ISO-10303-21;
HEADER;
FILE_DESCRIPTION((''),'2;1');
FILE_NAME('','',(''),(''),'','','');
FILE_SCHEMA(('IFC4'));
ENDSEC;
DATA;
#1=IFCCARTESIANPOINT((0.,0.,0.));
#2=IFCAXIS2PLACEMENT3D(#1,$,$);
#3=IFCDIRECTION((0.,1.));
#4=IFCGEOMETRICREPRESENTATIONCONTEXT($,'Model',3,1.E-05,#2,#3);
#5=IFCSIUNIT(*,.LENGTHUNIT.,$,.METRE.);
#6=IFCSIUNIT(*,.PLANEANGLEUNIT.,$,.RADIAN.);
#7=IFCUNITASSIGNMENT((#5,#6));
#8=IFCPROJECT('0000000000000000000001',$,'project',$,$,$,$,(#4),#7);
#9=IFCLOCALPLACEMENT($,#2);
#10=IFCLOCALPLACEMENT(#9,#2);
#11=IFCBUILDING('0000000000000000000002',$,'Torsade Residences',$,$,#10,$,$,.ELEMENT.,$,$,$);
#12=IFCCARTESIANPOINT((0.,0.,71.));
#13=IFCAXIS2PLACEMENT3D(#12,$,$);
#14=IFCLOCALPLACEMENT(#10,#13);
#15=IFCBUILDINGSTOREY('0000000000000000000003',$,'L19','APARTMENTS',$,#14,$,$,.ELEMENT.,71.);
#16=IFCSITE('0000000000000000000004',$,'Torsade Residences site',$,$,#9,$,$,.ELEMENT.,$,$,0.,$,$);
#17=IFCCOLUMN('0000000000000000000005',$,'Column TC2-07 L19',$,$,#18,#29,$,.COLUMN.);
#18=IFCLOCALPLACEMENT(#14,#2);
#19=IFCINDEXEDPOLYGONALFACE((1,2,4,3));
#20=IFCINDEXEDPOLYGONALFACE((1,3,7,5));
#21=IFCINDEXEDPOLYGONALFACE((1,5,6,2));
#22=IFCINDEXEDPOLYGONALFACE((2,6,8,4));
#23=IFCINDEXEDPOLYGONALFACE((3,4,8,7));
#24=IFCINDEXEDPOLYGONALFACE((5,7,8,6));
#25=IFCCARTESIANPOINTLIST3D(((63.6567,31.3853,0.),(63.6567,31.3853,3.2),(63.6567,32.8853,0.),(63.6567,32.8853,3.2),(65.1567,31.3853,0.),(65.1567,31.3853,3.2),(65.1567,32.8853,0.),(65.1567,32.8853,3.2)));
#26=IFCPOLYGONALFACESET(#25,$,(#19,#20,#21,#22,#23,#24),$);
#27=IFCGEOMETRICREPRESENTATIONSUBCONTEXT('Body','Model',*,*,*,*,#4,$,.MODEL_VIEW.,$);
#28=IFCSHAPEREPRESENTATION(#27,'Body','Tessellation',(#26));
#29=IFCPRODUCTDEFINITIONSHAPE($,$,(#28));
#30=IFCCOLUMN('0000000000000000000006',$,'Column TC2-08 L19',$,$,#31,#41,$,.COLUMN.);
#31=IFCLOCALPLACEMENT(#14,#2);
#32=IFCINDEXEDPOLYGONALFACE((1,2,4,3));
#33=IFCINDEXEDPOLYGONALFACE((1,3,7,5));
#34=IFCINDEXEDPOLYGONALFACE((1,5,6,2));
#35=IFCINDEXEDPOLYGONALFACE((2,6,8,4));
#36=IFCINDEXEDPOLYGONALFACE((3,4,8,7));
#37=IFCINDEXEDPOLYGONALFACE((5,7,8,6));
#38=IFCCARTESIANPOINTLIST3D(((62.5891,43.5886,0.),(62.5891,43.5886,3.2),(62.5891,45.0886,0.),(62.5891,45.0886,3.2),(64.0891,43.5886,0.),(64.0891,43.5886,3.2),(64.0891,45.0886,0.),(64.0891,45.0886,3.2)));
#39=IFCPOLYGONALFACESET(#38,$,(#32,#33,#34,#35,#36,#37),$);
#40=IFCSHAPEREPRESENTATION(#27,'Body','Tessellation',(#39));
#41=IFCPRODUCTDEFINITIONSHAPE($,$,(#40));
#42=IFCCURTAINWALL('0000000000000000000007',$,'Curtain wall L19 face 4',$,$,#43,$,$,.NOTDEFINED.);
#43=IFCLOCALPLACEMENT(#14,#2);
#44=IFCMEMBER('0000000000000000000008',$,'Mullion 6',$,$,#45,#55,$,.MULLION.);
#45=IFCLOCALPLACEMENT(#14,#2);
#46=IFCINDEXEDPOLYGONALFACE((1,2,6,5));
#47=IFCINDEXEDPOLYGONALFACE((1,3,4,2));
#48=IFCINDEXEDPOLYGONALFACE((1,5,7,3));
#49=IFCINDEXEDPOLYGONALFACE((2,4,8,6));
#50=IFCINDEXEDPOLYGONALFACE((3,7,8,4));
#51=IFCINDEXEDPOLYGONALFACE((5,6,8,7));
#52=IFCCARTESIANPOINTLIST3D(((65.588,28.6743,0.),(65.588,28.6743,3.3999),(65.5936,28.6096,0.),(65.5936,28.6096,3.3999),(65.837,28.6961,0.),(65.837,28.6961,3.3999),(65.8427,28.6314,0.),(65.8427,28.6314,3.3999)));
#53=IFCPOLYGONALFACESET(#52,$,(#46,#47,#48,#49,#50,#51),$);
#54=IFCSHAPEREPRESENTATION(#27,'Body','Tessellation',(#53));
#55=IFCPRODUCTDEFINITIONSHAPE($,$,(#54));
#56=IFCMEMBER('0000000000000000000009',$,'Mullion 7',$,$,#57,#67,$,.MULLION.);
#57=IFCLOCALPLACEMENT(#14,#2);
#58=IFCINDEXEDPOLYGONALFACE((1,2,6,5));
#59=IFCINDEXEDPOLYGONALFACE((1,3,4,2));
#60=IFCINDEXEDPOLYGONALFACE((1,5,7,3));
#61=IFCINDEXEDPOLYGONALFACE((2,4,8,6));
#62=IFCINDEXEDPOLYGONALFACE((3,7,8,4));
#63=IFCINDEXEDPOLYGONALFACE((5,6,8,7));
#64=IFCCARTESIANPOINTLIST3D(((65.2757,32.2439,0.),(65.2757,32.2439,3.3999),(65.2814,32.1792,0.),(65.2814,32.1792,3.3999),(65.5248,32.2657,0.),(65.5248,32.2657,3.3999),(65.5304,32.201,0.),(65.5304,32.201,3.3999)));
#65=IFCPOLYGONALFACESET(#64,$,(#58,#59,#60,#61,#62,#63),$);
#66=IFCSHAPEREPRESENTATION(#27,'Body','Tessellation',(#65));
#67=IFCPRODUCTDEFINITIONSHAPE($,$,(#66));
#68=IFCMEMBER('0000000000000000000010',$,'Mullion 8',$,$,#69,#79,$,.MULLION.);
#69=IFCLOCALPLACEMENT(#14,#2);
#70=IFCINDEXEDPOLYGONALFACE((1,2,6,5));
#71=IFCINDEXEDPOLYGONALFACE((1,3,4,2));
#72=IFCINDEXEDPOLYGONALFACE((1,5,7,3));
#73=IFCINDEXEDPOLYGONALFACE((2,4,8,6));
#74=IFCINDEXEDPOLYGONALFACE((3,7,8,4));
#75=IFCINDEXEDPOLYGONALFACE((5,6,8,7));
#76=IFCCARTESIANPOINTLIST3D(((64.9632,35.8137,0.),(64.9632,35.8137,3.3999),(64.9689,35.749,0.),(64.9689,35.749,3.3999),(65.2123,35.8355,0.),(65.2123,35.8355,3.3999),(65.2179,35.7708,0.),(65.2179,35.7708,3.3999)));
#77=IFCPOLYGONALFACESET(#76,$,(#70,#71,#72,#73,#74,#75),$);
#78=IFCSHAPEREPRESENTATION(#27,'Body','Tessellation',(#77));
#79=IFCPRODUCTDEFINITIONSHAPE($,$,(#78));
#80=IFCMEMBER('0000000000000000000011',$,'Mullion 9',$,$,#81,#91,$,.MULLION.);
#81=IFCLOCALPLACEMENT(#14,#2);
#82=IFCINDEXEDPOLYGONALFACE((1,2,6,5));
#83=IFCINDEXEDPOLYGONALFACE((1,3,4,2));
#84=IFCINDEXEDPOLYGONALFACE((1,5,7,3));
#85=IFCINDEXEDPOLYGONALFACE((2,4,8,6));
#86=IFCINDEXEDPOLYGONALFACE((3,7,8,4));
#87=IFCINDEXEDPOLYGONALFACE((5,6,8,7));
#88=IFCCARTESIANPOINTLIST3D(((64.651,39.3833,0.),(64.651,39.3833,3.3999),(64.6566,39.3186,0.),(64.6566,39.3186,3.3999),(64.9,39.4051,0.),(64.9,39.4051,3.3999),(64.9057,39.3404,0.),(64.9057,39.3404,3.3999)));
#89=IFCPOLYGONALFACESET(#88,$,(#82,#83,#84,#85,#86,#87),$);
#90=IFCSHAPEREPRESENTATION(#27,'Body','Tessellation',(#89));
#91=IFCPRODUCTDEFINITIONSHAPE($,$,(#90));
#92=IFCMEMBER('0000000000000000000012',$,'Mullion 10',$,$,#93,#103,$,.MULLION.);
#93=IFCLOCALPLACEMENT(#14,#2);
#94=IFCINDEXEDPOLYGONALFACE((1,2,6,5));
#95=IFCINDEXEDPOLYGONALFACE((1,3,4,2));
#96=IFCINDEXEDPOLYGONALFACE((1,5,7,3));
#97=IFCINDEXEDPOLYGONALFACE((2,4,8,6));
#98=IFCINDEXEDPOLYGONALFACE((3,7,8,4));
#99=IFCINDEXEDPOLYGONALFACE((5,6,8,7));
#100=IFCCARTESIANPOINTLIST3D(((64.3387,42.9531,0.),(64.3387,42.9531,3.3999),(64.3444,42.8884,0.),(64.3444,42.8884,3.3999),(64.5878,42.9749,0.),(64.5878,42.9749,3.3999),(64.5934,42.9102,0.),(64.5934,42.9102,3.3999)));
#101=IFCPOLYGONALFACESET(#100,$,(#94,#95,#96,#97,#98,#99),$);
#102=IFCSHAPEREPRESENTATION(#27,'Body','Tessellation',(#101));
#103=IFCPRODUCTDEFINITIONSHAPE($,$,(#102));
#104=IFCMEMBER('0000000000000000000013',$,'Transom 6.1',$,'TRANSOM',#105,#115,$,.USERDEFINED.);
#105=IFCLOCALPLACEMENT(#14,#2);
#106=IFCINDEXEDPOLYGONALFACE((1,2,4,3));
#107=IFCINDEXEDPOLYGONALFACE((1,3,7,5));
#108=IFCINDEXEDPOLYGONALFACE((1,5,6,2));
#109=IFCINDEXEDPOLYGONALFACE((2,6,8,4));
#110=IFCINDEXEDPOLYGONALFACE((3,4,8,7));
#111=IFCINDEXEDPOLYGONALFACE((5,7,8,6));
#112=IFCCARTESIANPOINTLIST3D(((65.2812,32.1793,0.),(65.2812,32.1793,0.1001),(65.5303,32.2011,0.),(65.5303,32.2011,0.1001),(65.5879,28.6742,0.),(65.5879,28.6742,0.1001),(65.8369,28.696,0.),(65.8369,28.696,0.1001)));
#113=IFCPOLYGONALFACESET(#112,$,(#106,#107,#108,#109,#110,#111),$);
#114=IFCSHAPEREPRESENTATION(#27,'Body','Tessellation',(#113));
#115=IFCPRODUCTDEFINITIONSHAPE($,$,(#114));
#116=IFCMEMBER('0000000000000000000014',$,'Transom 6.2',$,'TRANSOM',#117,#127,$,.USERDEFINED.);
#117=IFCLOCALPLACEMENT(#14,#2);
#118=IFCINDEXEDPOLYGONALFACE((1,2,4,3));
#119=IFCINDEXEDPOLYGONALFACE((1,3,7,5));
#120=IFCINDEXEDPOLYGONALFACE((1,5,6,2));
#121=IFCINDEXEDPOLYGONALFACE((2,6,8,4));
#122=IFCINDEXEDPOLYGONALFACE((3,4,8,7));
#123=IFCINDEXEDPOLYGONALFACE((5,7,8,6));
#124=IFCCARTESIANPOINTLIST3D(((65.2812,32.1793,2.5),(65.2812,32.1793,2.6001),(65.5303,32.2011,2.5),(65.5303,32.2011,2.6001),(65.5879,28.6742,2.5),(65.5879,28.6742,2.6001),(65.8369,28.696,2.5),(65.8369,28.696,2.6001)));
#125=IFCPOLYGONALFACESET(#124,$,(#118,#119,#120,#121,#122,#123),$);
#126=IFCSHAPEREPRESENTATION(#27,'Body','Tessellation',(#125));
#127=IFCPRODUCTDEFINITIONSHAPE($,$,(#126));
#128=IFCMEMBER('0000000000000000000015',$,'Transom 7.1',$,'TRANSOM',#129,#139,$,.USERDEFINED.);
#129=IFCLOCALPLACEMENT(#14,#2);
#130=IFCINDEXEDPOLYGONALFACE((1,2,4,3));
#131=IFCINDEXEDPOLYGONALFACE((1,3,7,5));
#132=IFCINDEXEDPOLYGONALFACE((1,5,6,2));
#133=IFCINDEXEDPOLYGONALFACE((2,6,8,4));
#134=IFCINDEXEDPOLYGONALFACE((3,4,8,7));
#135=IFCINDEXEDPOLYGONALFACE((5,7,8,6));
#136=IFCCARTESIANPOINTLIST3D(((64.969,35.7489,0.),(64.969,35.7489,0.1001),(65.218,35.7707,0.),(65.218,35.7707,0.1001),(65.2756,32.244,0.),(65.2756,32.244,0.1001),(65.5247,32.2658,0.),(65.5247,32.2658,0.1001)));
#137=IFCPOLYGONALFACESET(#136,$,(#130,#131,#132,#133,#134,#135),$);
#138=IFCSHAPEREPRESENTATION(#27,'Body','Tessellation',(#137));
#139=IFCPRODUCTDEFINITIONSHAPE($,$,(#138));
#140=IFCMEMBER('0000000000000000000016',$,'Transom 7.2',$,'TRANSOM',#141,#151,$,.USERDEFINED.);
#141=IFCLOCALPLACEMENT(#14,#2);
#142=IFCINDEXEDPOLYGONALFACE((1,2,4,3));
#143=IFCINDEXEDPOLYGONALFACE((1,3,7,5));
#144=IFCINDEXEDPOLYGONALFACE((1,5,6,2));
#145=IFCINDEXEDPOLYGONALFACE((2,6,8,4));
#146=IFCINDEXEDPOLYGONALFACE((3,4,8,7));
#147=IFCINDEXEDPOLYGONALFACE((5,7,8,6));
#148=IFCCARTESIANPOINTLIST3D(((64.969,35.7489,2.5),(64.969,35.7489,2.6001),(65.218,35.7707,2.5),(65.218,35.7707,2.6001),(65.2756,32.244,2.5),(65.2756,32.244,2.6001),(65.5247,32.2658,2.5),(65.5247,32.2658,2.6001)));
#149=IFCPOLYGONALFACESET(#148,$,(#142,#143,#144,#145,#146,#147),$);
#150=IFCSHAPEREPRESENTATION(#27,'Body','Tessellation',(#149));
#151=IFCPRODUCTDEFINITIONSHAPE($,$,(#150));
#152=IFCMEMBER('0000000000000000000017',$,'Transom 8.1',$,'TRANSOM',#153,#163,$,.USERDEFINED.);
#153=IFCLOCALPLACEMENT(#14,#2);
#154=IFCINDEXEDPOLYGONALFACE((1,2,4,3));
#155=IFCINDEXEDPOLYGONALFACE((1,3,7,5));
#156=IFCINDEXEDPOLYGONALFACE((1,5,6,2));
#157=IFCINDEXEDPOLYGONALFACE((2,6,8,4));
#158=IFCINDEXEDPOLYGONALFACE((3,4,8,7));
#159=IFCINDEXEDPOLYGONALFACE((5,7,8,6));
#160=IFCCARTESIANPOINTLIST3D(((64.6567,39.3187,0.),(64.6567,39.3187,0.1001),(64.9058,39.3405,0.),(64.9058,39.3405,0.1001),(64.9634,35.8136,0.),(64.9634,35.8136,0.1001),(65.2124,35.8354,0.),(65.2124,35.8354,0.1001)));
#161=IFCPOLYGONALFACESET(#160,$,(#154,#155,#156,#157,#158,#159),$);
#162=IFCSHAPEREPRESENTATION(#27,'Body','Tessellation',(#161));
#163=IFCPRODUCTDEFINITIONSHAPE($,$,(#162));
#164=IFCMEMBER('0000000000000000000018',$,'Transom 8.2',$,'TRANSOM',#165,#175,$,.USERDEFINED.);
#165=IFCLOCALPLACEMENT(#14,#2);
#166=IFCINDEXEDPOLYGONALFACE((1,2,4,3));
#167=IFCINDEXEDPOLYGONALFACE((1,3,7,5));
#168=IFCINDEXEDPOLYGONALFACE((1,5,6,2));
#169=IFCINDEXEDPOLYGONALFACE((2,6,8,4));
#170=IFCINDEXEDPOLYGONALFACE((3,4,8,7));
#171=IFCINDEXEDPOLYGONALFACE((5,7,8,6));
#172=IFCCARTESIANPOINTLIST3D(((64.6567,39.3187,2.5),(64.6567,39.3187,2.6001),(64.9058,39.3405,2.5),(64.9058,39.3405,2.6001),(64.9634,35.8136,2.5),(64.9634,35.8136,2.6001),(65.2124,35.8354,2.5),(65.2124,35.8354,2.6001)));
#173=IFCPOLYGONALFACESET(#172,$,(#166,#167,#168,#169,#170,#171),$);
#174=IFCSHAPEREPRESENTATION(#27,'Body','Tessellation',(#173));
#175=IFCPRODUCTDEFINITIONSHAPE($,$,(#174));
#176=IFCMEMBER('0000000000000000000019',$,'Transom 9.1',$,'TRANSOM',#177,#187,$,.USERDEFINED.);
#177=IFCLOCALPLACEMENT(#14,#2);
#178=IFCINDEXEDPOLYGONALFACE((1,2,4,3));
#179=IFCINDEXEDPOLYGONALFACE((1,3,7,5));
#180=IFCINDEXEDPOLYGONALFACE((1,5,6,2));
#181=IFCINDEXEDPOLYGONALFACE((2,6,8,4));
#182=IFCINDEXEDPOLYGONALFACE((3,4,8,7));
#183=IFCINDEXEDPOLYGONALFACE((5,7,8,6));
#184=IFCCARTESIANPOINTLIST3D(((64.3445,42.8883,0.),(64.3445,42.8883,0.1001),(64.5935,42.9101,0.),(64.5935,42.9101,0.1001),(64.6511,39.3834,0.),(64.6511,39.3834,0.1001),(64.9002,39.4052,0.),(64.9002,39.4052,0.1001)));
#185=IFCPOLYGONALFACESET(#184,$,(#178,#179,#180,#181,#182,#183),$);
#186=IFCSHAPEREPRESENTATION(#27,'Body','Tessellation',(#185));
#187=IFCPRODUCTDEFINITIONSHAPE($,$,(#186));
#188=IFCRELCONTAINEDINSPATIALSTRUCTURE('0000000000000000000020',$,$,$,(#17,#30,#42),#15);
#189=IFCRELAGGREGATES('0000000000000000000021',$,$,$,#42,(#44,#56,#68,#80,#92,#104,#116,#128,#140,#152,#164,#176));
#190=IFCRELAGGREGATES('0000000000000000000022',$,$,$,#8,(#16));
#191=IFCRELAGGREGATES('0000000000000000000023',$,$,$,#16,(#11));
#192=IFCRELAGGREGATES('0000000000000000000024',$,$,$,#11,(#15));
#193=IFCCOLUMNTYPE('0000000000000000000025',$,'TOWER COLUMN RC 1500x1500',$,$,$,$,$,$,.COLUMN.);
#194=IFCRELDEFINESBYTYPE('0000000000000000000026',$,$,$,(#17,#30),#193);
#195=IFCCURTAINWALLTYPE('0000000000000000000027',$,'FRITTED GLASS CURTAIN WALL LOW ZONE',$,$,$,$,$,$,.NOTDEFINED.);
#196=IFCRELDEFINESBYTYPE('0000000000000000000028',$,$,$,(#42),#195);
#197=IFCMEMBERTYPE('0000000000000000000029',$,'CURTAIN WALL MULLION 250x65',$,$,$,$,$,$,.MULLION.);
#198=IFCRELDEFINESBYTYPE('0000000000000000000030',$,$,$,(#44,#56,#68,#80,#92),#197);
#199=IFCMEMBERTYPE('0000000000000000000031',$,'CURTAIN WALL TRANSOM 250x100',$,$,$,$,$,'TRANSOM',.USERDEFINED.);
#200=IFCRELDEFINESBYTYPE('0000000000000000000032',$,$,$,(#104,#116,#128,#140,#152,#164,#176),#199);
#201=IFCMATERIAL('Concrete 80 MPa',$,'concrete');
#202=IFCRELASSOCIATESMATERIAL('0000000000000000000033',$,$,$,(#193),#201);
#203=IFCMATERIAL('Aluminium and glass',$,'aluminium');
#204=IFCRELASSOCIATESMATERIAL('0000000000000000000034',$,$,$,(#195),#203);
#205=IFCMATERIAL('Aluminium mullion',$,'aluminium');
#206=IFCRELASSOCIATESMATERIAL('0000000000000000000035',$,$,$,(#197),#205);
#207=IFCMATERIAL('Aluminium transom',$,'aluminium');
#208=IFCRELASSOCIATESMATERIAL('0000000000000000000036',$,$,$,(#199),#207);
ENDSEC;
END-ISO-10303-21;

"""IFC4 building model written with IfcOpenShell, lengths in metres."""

from ifc_helpers import new_model, si_unit, direction, frame, origin, origin_2d, place, context, subcontext, project, spatial, rectangle, extrude, material, material_profile, profile_set, type_object, element, aggregate, save


model = new_model("IFC4")

# Units and contexts
model_context = context("Model", 3, precision=1e-05, world=origin(), true_north=direction((0.0, 1.0)))
body_context = subcontext(model_context, "Body", "Model", "MODEL_VIEW")
ifc_project = project(units=[si_unit("LENGTHUNIT", "METRE"), si_unit("PLANEANGLEUNIT", "RADIAN")], contexts=[model_context])

# Site, building, storey
site_placement = place(None, origin())
site = spatial("IfcSite", under=ifc_project, at=site_placement, Name="Torsade Residences site", CompositionType="ELEMENT", RefElevation=0.0)
building_placement = place(site_placement, origin())
building = spatial("IfcBuilding", under=site, at=building_placement, Name="Torsade Residences", CompositionType="ELEMENT")
storey_placement = place(building_placement, frame((0.0, 0.0, 71.0)))
storey = spatial("IfcBuildingStorey", under=building, at=storey_placement, Name="L19", Description="APARTMENTS", CompositionType="ELEMENT", Elevation=71.0)

# Columns
ifc_material_1 = material(Name="Concrete 80 MPa", Category="concrete")
ifc_material_profile_1 = material_profile(ifc_material_1, rectangle(XDim=1.5, YDim=1.5, at=origin_2d()), Name="RC 1500x1500")
ifc_profile_set_1 = profile_set([ifc_material_profile_1], Name="Concrete 80 MPa")
column_type = type_object("IfcColumnType", Name="TOWER COLUMN RC 1500x1500", PredefinedType="COLUMN", material=ifc_profile_set_1)
for number, where, z_axis, x_axis, name in (
    (1, (64.4067, 32.1353, 0.0), (0.0, 0.0, 1.0), (1.0, 0.0, 0.0), "Column TC2-07 L19"),
    (2, (63.3391, 44.3386, 0.0), (0.0, 0.0, 1.0), (1.0, 0.0, 0.0), "Column TC2-08 L19"),
):
    element("IfcColumn", number, at=place(storey_placement, frame(where, z_axis=z_axis, x_axis=x_axis)), inside=storey, type_object=column_type, Name=name, PredefinedType="COLUMN", context=body_context, shape_type="SweptSolid", body=[
        extrude(rectangle(XDim=1.5, YDim=1.5, at=origin_2d()), origin(), (0.0, 0.0, 1.0), 3.2),
    ])

# Curtain wall, members
ifc_material_2 = material(Name="Aluminium and glass", Category="aluminium")
curtain_wall_type = type_object("IfcCurtainWallType", Name="FRITTED GLASS CURTAIN WALL LOW ZONE", PredefinedType="NOTDEFINED", material=ifc_material_2)
curtain_wall_placement = place(storey_placement, origin())
curtain_wall = element("IfcCurtainWall", 3, at=curtain_wall_placement, inside=storey, type_object=curtain_wall_type, Name="Curtain wall L19 face 4", PredefinedType="NOTDEFINED")
ifc_material_3 = material(Name="Aluminium mullion", Category="aluminium")
ifc_material_profile_2 = material_profile(ifc_material_3, rectangle(XDim=0.25, YDim=0.0649, at=origin_2d()), Name="CURTAIN WALL MULLION 250x65")
ifc_profile_set_2 = profile_set([ifc_material_profile_2], Name="Aluminium mullion")
member_type_1 = type_object("IfcMemberType", Name="CURTAIN WALL MULLION 250x65", PredefinedType="MULLION", material=ifc_profile_set_2)
member_1_placement = place(storey_placement, frame((65.7153, 28.6528, 0.0), z_axis=(0.0, 0.0, 1.0), x_axis=(-0.996195, -0.087156, 0.0)))
member_1 = element("IfcMember", 4, at=member_1_placement, type_object=member_type_1, Name="Mullion 6", PredefinedType="MULLION", context=body_context, shape_type="SweptSolid", body=[
    extrude(rectangle(XDim=0.25, YDim=0.0649, at=origin_2d()), origin(), (0.0, 0.0, 1.0), 3.3999),
])
member_2_placement = place(storey_placement, frame((65.4031, 32.2224, 0.0), z_axis=(0.0, 0.0, 1.0), x_axis=(-0.996195, -0.087156, 0.0)))
member_2 = element("IfcMember", 5, at=member_2_placement, type_object=member_type_1, Name="Mullion 7", PredefinedType="MULLION", context=body_context, shape_type="SweptSolid", body=[
    extrude(rectangle(XDim=0.25, YDim=0.0649, at=origin_2d()), origin(), (0.0, 0.0, 1.0), 3.3999),
])
member_3_placement = place(storey_placement, frame((65.0906, 35.7922, 0.0), z_axis=(0.0, 0.0, 1.0), x_axis=(-0.996195, -0.087156, 0.0)))
member_3 = element("IfcMember", 6, at=member_3_placement, type_object=member_type_1, Name="Mullion 8", PredefinedType="MULLION", context=body_context, shape_type="SweptSolid", body=[
    extrude(rectangle(XDim=0.25, YDim=0.0649, at=origin_2d()), origin(), (0.0, 0.0, 1.0), 3.3999),
])
member_4_placement = place(storey_placement, frame((64.7783, 39.3618, 0.0), z_axis=(0.0, 0.0, 1.0), x_axis=(-0.996195, -0.087156, 0.0)))
member_4 = element("IfcMember", 7, at=member_4_placement, type_object=member_type_1, Name="Mullion 9", PredefinedType="MULLION", context=body_context, shape_type="SweptSolid", body=[
    extrude(rectangle(XDim=0.25, YDim=0.0649, at=origin_2d()), origin(), (0.0, 0.0, 1.0), 3.3999),
])
member_5_placement = place(storey_placement, frame((64.4661, 42.9316, 0.0), z_axis=(0.0, 0.0, 1.0), x_axis=(-0.996195, -0.087156, 0.0)))
member_5 = element("IfcMember", 8, at=member_5_placement, type_object=member_type_1, Name="Mullion 10", PredefinedType="MULLION", context=body_context, shape_type="SweptSolid", body=[
    extrude(rectangle(XDim=0.25, YDim=0.0649, at=origin_2d()), origin(), (0.0, 0.0, 1.0), 3.3999),
])
ifc_material_4 = material(Name="Aluminium transom", Category="aluminium")
ifc_material_profile_3 = material_profile(ifc_material_4, rectangle(XDim=0.25, YDim=0.1001, at=origin_2d()), Name="CURTAIN WALL TRANSOM 250x100")
ifc_profile_set_3 = profile_set([ifc_material_profile_3], Name="Aluminium transom")
member_type_2 = type_object("IfcMemberType", Name="CURTAIN WALL TRANSOM 250x100", ElementType="TRANSOM", PredefinedType="USERDEFINED", material=ifc_profile_set_3)
member_6_placement = place(storey_placement, frame((65.7124, 28.6851, 0.05), z_axis=(-0.087151, 0.996195, 0.0), x_axis=(-0.996195, -0.087151, 0.0)))
member_6 = element("IfcMember", 9, at=member_6_placement, type_object=member_type_2, Name="Transom 6.1", ObjectType="TRANSOM", PredefinedType="USERDEFINED", context=body_context, shape_type="SweptSolid", body=[
    extrude(rectangle(XDim=0.25, YDim=0.1001, at=origin_2d()), origin(), (0.0, 0.0, 1.0), 3.5186),
])
member_7_placement = place(storey_placement, frame((65.7124, 28.6851, 2.55), z_axis=(-0.087151, 0.996195, 0.0), x_axis=(-0.996195, -0.087151, 0.0)))
member_7 = element("IfcMember", 10, at=member_7_placement, type_object=member_type_2, Name="Transom 6.2", ObjectType="TRANSOM", PredefinedType="USERDEFINED", context=body_context, shape_type="SweptSolid", body=[
    extrude(rectangle(XDim=0.25, YDim=0.1001, at=origin_2d()), origin(), (0.0, 0.0, 1.0), 3.5186),
])
member_8_placement = place(storey_placement, frame((65.4001, 32.2549, 0.05), z_axis=(-0.087157, 0.996195, 0.0), x_axis=(-0.996195, -0.087157, 0.0)))
member_8 = element("IfcMember", 11, at=member_8_placement, type_object=member_type_2, Name="Transom 7.1", ObjectType="TRANSOM", PredefinedType="USERDEFINED", context=body_context, shape_type="SweptSolid", body=[
    extrude(rectangle(XDim=0.25, YDim=0.1001, at=origin_2d()), origin(), (0.0, 0.0, 1.0), 3.5183),
])
member_9_placement = place(storey_placement, frame((65.4001, 32.2549, 2.55), z_axis=(-0.087157, 0.996195, 0.0), x_axis=(-0.996195, -0.087157, 0.0)))
member_9 = element("IfcMember", 12, at=member_9_placement, type_object=member_type_2, Name="Transom 7.2", ObjectType="TRANSOM", PredefinedType="USERDEFINED", context=body_context, shape_type="SweptSolid", body=[
    extrude(rectangle(XDim=0.25, YDim=0.1001, at=origin_2d()), origin(), (0.0, 0.0, 1.0), 3.5183),
])
member_10_placement = place(storey_placement, frame((65.0879, 35.8245, 0.05), z_axis=(-0.087151, 0.996195, 0.0), x_axis=(-0.996195, -0.087151, 0.0)))
member_10 = element("IfcMember", 13, at=member_10_placement, type_object=member_type_2, Name="Transom 8.1", ObjectType="TRANSOM", PredefinedType="USERDEFINED", context=body_context, shape_type="SweptSolid", body=[
    extrude(rectangle(XDim=0.25, YDim=0.1001, at=origin_2d()), origin(), (0.0, 0.0, 1.0), 3.5186),
])
member_11_placement = place(storey_placement, frame((65.0879, 35.8245, 2.55), z_axis=(-0.087151, 0.996195, 0.0), x_axis=(-0.996195, -0.087151, 0.0)))
member_11 = element("IfcMember", 14, at=member_11_placement, type_object=member_type_2, Name="Transom 8.2", ObjectType="TRANSOM", PredefinedType="USERDEFINED", context=body_context, shape_type="SweptSolid", body=[
    extrude(rectangle(XDim=0.25, YDim=0.1001, at=origin_2d()), origin(), (0.0, 0.0, 1.0), 3.5186),
])
member_12_placement = place(storey_placement, frame((64.7756, 39.3943, 0.05), z_axis=(-0.087157, 0.996195, 0.0), x_axis=(-0.996195, -0.087157, 0.0)))
member_12 = element("IfcMember", 15, at=member_12_placement, type_object=member_type_2, Name="Transom 9.1", ObjectType="TRANSOM", PredefinedType="USERDEFINED", context=body_context, shape_type="SweptSolid", body=[
    extrude(rectangle(XDim=0.25, YDim=0.1001, at=origin_2d()), origin(), (0.0, 0.0, 1.0), 3.5183),
])

aggregate(curtain_wall, [member_1, member_2, member_3, member_4, member_5, member_6, member_7, member_8, member_9, member_10, member_11, member_12])

save(model, "model.ifc")
